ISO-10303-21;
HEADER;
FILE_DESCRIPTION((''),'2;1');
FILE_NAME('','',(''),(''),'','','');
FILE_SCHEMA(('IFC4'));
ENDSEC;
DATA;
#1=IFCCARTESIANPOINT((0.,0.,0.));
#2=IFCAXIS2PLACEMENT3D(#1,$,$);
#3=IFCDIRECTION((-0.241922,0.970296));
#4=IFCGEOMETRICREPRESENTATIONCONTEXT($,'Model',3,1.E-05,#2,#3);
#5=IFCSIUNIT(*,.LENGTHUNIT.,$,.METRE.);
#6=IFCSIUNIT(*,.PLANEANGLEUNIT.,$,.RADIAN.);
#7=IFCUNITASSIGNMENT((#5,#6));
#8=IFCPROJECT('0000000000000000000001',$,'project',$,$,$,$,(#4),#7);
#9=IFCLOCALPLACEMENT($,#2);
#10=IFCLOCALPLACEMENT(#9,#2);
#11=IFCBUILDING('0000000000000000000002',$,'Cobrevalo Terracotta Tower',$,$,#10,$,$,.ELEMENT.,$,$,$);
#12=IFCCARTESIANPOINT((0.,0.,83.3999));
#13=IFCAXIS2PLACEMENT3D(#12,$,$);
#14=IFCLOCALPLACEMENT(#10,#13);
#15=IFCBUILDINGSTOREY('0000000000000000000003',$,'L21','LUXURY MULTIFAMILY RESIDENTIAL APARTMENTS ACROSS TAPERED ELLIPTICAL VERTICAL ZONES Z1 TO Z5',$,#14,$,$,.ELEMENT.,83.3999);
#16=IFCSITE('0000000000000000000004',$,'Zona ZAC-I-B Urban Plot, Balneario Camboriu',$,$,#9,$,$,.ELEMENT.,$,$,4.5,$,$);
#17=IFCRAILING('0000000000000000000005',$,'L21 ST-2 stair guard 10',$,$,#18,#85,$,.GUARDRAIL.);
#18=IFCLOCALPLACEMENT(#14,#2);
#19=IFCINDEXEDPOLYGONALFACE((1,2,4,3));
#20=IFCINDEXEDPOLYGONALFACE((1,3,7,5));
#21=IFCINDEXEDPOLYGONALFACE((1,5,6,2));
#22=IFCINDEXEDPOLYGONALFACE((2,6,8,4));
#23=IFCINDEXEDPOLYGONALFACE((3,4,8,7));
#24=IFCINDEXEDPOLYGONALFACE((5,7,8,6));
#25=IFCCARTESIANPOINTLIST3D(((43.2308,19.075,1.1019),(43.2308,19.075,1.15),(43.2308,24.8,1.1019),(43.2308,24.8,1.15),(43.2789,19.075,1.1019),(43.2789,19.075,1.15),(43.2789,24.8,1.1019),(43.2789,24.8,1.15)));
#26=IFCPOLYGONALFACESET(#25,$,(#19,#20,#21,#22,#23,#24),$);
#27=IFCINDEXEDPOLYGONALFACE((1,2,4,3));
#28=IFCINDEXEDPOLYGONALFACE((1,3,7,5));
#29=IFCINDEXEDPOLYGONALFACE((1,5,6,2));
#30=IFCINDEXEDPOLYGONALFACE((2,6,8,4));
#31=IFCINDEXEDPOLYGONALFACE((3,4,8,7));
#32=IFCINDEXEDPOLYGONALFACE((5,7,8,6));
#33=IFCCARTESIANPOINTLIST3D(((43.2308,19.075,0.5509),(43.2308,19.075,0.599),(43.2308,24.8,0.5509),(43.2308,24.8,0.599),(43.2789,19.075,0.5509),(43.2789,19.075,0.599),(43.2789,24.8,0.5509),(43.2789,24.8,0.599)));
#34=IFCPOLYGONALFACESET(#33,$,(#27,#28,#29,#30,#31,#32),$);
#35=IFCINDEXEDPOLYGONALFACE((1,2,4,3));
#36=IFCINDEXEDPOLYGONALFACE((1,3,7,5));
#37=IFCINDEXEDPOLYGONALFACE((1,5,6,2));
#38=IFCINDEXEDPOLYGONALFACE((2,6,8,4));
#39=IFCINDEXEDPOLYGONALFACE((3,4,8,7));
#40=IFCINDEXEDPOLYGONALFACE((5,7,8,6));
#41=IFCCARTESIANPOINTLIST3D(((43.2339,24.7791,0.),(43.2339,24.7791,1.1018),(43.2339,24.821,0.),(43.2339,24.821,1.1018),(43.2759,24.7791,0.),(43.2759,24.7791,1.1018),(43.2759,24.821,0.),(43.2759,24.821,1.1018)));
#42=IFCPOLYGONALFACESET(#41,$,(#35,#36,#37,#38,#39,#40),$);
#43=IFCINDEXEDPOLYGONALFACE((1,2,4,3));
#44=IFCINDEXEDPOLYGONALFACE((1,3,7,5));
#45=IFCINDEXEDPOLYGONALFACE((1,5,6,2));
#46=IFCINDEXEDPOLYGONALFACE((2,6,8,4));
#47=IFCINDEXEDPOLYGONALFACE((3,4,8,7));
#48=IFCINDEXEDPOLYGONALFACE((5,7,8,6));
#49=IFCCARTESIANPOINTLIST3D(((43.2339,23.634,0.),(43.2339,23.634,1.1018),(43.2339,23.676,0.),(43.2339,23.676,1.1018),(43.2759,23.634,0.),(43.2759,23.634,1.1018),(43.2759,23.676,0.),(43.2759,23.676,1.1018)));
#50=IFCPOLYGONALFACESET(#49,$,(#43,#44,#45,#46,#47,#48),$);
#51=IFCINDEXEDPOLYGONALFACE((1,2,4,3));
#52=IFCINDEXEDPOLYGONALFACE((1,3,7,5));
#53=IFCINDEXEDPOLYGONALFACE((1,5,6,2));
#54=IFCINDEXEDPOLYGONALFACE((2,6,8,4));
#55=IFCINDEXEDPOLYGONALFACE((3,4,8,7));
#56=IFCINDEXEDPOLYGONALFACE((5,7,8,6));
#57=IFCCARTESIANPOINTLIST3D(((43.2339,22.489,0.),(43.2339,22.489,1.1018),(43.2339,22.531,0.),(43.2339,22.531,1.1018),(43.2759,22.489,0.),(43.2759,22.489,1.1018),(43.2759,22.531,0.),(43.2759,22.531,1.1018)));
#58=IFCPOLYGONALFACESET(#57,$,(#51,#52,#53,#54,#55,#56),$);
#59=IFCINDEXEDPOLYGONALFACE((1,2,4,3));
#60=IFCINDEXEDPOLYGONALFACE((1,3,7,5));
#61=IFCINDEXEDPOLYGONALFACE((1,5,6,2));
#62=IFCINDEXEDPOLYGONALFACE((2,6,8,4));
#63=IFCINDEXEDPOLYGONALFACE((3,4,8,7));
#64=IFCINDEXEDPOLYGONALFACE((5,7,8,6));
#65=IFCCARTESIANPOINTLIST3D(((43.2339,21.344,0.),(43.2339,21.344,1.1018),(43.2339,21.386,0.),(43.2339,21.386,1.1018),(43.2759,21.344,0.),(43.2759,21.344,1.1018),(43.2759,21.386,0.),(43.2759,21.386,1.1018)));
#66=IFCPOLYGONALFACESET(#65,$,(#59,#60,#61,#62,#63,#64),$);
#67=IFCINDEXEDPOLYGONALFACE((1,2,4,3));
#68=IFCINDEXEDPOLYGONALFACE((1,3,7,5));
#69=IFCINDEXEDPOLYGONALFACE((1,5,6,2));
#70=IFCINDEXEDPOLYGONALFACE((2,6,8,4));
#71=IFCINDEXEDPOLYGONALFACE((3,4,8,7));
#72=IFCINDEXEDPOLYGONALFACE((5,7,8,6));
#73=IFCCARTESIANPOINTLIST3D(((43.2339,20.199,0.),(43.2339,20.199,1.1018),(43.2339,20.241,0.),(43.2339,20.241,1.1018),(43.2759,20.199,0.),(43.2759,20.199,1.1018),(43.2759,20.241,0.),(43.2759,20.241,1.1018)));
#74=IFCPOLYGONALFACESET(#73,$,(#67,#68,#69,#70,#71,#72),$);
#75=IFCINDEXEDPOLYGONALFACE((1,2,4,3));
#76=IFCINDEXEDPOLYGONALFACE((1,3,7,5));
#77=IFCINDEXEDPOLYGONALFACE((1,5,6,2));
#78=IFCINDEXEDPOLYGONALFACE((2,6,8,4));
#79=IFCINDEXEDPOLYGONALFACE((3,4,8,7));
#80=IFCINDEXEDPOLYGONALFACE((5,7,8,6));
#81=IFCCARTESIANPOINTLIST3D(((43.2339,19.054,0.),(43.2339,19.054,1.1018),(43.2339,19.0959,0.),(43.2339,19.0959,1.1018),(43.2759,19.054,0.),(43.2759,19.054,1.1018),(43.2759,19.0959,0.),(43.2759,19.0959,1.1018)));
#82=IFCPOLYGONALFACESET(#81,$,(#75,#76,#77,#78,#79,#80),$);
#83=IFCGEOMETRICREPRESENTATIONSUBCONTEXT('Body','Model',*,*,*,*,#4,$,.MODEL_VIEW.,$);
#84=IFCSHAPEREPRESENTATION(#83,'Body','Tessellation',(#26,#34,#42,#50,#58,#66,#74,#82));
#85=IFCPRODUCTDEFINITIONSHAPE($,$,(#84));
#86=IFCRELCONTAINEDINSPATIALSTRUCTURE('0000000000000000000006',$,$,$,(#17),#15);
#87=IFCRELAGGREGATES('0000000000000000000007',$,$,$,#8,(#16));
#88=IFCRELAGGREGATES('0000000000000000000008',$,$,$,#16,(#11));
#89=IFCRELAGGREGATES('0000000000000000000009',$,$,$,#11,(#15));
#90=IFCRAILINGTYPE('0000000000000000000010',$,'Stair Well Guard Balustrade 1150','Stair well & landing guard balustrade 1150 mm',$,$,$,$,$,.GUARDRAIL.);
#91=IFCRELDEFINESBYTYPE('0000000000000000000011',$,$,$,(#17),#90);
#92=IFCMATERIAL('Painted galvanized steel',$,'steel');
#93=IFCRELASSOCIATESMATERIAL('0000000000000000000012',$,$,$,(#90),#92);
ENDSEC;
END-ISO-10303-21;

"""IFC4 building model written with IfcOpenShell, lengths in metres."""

from ifc_helpers import new_model, si_unit, direction, frame, origin, origin_2d, place, context, subcontext, project, spatial, rectangle, extrude, material, type_object, element, save


model = new_model("IFC4")

# Units and contexts
model_context = context("Model", 3, precision=1e-05, world=origin(), true_north=direction((-0.241922, 0.970296)))
body_context = subcontext(model_context, "Body", "Model", "MODEL_VIEW")
ifc_project = project(units=[si_unit("LENGTHUNIT", "METRE"), si_unit("PLANEANGLEUNIT", "RADIAN")], contexts=[model_context])

# Site, building, storey
site_placement = place(None, origin())
site = spatial("IfcSite", under=ifc_project, at=site_placement, Name="Zona ZAC-I-B Urban Plot, Balneario Camboriu", CompositionType="ELEMENT", RefElevation=4.5)
building_placement = place(site_placement, origin())
building = spatial("IfcBuilding", under=site, at=building_placement, Name="Cobrevalo Terracotta Tower", CompositionType="ELEMENT")
storey_placement = place(building_placement, frame((0.0, 0.0, 83.3999)))
storey = spatial("IfcBuildingStorey", under=building, at=storey_placement, Name="L21", Description="LUXURY MULTIFAMILY RESIDENTIAL APARTMENTS ACROSS TAPERED ELLIPTICAL VERTICAL ZONES Z1 TO Z5", CompositionType="ELEMENT", Elevation=83.3999)

# Railing
ifc_material_1 = material(Name="Painted galvanized steel", Category="steel")
railing_type_1 = type_object("IfcRailingType", Name="Stair Well Guard Balustrade 1150", Description="Stair well & landing guard balustrade 1150 mm", PredefinedType="GUARDRAIL", material=ifc_material_1)
railing_1_placement = place(storey_placement, frame((43.2549, 24.8, 0.0)))
element("IfcRailing", 1, at=railing_1_placement, inside=storey, type_object=railing_type_1, Name="L21 ST-2 stair guard 10", PredefinedType="GUARDRAIL", context=body_context, shape_type="SweptSolid", body=[
    extrude(rectangle(XDim=0.0481, YDim=0.0481, at=origin_2d()), frame((0.0, 0.0, 1.126), z_axis=(0.0, -1.0, 0.0), x_axis=(1.0, 0.0, 0.0)), (0.0, 0.0, 1.0), 5.7251),
    extrude(rectangle(XDim=0.0481, YDim=0.0481, at=origin_2d()), frame((0.0, 0.0, 0.575), z_axis=(0.0, -1.0, 0.0), x_axis=(1.0, 0.0, 0.0)), (0.0, 0.0, 1.0), 5.7251),
    extrude(rectangle(XDim=0.042, YDim=0.042, at=origin_2d()), origin(), (0.0, 0.0, 1.0), 1.1018),
    extrude(rectangle(XDim=0.042, YDim=0.042, at=origin_2d()), frame((0.0, -1.145, 0.0)), (0.0, 0.0, 1.0), 1.1018),
    extrude(rectangle(XDim=0.042, YDim=0.042, at=origin_2d()), frame((0.0, -2.29, 0.0)), (0.0, 0.0, 1.0), 1.1018),
    extrude(rectangle(XDim=0.042, YDim=0.042, at=origin_2d()), frame((0.0, -3.4351, 0.0)), (0.0, 0.0, 1.0), 1.1018),
    extrude(rectangle(XDim=0.042, YDim=0.042, at=origin_2d()), frame((0.0, -4.5801, 0.0)), (0.0, 0.0, 1.0), 1.1018),
    extrude(rectangle(XDim=0.042, YDim=0.042, at=origin_2d()), frame((0.0, -5.7251, 0.0)), (0.0, 0.0, 1.0), 1.1018),
])

save(model, "model.ifc")
